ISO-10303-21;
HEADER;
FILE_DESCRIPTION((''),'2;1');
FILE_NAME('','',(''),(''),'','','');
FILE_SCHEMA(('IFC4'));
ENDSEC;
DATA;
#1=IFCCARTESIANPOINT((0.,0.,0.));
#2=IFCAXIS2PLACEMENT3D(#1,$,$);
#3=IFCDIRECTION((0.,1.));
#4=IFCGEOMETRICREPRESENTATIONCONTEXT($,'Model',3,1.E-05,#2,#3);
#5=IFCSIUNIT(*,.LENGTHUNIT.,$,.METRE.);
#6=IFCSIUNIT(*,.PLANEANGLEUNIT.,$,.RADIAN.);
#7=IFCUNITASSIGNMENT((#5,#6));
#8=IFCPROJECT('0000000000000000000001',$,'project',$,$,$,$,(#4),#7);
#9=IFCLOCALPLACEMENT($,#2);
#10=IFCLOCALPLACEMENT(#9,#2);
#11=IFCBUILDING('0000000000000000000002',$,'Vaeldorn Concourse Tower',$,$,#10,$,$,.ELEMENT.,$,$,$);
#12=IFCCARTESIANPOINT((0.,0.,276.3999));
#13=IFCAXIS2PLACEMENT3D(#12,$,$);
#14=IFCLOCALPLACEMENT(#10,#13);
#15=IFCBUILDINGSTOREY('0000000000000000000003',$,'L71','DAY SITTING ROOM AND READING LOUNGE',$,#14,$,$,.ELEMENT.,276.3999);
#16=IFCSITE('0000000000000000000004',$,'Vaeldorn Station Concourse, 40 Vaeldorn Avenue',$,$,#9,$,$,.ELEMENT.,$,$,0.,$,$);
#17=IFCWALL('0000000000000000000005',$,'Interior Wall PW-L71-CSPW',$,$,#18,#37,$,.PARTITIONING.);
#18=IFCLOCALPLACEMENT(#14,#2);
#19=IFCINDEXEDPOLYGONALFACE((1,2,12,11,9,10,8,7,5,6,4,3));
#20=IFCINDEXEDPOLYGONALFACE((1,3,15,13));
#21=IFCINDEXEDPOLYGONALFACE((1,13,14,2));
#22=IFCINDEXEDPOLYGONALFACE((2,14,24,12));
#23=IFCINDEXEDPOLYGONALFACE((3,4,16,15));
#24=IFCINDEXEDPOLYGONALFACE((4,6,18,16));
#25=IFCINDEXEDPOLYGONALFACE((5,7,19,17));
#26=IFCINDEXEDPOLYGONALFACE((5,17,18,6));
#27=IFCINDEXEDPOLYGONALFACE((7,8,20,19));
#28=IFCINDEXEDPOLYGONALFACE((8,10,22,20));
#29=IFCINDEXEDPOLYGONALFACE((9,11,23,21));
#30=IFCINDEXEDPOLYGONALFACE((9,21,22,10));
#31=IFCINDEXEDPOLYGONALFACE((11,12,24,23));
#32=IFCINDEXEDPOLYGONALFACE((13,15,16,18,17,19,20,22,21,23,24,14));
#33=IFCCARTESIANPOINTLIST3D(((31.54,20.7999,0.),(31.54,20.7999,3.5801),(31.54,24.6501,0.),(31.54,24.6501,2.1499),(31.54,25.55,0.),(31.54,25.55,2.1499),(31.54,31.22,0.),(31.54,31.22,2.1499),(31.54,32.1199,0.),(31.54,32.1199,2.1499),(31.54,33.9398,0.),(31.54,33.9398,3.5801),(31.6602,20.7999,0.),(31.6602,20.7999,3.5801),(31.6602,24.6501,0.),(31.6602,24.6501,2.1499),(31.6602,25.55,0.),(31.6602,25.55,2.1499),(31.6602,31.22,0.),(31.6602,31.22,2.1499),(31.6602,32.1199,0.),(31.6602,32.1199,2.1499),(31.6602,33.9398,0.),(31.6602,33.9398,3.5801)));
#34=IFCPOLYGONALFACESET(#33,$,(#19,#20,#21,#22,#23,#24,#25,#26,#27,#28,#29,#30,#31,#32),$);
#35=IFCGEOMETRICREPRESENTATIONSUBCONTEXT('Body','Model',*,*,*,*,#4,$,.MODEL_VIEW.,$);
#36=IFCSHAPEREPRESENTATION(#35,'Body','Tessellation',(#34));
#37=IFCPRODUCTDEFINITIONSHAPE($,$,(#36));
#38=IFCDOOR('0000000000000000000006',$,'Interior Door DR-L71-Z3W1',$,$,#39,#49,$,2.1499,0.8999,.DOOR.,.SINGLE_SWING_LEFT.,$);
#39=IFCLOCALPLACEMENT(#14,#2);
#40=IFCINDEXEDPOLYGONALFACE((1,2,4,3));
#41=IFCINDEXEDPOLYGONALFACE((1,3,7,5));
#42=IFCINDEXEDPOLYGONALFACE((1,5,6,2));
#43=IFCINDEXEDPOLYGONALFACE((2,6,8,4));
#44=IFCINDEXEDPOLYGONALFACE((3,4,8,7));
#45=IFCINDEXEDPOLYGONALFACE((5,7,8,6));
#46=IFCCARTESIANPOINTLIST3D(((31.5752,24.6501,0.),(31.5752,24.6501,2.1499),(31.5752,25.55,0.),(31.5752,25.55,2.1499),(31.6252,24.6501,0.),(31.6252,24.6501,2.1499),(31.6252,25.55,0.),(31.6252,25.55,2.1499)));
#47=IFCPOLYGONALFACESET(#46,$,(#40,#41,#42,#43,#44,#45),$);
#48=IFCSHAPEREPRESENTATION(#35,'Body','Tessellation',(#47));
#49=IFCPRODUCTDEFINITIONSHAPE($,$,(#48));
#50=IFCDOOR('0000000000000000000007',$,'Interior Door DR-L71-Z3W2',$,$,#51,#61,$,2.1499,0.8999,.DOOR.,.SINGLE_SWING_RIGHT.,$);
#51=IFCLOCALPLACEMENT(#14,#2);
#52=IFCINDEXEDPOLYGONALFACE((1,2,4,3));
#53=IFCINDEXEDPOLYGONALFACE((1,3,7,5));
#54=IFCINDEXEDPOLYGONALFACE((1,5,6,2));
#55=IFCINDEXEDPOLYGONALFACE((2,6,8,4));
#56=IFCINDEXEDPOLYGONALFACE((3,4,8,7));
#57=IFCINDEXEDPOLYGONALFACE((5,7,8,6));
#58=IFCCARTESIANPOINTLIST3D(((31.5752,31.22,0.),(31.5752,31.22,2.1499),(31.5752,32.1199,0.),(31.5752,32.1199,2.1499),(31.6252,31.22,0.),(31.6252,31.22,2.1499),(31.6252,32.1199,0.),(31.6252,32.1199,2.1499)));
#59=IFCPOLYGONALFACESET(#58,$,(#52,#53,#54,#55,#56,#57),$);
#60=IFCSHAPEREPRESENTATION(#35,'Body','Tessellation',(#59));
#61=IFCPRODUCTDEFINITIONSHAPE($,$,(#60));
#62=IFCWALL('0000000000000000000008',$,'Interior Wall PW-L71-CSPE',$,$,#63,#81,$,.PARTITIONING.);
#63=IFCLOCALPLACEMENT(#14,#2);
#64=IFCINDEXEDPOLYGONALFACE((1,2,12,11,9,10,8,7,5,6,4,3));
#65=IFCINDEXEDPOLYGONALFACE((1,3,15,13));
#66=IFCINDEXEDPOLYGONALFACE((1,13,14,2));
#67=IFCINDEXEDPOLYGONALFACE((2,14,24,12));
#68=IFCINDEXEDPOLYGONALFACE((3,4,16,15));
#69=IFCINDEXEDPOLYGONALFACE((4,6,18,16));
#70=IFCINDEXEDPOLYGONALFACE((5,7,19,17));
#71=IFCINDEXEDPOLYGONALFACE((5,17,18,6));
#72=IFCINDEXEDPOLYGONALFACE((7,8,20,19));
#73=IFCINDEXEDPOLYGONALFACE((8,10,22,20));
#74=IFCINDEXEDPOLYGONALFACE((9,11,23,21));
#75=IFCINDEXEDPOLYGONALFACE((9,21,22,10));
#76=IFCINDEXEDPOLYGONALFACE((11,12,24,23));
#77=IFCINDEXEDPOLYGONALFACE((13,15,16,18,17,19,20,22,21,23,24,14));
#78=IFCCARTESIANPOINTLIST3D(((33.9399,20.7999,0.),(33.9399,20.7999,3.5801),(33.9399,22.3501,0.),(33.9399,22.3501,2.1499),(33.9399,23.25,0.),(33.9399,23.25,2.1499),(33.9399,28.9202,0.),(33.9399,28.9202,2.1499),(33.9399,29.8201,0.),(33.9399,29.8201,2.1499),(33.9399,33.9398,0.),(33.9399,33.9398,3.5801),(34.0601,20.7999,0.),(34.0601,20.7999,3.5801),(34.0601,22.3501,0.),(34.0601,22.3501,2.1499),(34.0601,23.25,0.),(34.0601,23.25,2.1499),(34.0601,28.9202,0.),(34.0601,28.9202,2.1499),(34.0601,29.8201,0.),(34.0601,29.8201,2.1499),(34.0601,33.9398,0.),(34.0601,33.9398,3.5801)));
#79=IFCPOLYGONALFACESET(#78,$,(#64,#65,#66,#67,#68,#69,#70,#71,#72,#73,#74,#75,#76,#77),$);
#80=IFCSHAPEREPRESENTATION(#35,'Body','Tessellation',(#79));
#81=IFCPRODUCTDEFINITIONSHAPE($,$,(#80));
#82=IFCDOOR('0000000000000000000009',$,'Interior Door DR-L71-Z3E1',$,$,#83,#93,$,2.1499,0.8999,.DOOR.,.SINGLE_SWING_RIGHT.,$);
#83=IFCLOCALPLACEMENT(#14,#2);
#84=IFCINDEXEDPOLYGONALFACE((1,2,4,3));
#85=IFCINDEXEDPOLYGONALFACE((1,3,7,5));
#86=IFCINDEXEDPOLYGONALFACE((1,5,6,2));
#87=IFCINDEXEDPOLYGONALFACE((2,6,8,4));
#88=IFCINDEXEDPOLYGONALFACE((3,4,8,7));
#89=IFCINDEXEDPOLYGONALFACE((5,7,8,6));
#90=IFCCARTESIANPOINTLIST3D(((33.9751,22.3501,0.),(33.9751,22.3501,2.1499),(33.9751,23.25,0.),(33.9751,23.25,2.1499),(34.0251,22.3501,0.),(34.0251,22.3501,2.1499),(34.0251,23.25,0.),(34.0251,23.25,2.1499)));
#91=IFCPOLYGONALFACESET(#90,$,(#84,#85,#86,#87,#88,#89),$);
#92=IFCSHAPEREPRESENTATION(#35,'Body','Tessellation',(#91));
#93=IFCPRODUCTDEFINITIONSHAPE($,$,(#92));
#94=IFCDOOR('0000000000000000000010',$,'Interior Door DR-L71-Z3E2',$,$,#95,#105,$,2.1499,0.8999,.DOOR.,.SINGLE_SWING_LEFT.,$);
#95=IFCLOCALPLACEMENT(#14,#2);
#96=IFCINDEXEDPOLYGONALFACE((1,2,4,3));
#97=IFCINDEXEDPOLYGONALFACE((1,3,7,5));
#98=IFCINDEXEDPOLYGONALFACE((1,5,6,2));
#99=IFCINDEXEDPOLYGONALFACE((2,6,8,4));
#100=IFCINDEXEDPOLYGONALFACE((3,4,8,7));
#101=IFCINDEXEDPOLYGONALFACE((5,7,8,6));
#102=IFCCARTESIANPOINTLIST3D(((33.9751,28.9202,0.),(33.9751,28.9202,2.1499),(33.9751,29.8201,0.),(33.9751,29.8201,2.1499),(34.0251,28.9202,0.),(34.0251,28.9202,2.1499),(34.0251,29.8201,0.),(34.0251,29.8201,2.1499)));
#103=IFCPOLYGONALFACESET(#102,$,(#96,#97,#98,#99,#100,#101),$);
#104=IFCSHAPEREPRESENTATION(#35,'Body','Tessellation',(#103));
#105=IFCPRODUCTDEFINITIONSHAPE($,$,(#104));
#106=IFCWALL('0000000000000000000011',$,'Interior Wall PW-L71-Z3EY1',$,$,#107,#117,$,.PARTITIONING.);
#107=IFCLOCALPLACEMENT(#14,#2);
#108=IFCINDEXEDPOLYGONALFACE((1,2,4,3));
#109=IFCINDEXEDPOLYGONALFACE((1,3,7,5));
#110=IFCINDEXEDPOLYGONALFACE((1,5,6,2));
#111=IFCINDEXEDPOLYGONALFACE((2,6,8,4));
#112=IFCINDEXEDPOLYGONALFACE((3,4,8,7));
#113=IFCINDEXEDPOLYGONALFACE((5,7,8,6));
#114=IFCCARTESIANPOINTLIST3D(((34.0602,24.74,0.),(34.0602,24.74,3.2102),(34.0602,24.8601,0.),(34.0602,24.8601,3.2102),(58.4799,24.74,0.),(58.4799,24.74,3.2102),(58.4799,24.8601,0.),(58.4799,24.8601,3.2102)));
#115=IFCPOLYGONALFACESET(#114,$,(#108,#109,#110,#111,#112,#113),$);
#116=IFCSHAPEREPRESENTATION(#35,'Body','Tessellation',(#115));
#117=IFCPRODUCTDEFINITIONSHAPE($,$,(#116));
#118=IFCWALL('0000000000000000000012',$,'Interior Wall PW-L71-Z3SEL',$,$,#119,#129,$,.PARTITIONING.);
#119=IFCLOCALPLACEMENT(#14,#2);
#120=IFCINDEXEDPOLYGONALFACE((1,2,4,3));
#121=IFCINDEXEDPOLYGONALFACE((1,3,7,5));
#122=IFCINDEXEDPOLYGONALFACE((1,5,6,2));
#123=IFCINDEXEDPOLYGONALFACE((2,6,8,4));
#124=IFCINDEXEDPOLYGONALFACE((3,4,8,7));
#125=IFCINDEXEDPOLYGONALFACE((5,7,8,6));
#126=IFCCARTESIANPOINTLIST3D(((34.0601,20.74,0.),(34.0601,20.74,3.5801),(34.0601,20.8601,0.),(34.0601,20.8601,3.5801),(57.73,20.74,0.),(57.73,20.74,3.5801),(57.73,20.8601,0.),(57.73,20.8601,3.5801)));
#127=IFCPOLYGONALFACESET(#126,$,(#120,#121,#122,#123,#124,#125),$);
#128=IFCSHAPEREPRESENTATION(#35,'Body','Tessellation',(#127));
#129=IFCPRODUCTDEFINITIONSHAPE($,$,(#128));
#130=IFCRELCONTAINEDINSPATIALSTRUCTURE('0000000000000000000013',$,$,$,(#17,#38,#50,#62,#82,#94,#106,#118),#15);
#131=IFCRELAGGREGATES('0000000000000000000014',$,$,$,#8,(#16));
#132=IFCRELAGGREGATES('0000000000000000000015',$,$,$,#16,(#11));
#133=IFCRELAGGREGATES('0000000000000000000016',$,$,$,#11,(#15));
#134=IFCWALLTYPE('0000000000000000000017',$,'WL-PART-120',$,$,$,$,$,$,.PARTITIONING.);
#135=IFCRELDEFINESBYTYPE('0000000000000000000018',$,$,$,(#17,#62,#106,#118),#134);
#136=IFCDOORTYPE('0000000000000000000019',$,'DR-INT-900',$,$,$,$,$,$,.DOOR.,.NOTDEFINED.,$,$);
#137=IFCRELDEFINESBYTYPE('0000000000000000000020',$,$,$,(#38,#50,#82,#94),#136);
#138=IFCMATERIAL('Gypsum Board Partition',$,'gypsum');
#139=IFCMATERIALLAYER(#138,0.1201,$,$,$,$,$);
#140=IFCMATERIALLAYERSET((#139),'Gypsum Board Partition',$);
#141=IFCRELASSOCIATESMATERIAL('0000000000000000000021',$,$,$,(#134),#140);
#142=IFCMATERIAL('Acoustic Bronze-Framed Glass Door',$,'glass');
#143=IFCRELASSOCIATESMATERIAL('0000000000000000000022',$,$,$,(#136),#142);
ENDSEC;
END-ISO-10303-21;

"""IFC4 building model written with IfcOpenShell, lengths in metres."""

from ifc_helpers import new_model, si_unit, direction, frame, frame_2d, origin, place, context, subcontext, project, spatial, rectangle, extrude, source, transform, mapped, material, layer, layer_set, type_object, element, fill, save


model = new_model("IFC4")

# Units and contexts
model_context = context("Model", 3, precision=1e-05, world=origin(), true_north=direction((0.0, 1.0)))
body_context = subcontext(model_context, "Body", "Model", "MODEL_VIEW")
ifc_project = project(units=[si_unit("LENGTHUNIT", "METRE"), si_unit("PLANEANGLEUNIT", "RADIAN")], contexts=[model_context])

# Site, building, storey
site_placement = place(None, origin())
site = spatial("IfcSite", under=ifc_project, at=site_placement, Name="Vaeldorn Station Concourse, 40 Vaeldorn Avenue", CompositionType="ELEMENT", RefElevation=0.0)
building_placement = place(site_placement, origin())
building = spatial("IfcBuilding", under=site, at=building_placement, Name="Vaeldorn Concourse Tower", CompositionType="ELEMENT")
storey_placement = place(building_placement, frame((0.0, 0.0, 276.3999)))
storey = spatial("IfcBuildingStorey", under=building, at=storey_placement, Name="L71", Description="DAY SITTING ROOM AND READING LOUNGE", CompositionType="ELEMENT", Elevation=276.3999)

# Shared definitions
ifc_material_1 = material(Name="Gypsum Board Partition", Category="gypsum")
ifc_layer_1 = layer(ifc_material_1, 0.1201)
ifc_layer_set_1 = layer_set([ifc_layer_1], Name="Gypsum Board Partition")
wall_type_1 = type_object("IfcWallType", Name="WL-PART-120", PredefinedType="PARTITIONING", material=ifc_layer_set_1)

# Walls, openings, doors
wall_1_placement = place(storey_placement, frame((31.6001, 20.8, 0.0), z_axis=(0.0, 0.0, 1.0), x_axis=(0.0, 1.0, 0.0)))
wall_1 = element("IfcWall", 1, at=wall_1_placement, inside=storey, type_object=wall_type_1, Name="Interior Wall PW-L71-CSPW", PredefinedType="PARTITIONING", context=body_context, shape_type="SweptSolid", body=[
    extrude(rectangle(XDim=13.1399, YDim=0.1201, at=frame_2d((6.5698, 0.0))), origin(), (0.0, 0.0, 1.0), 3.5801),
])
opening_1_placement = place(wall_1_placement, frame((3.8501, 0.0, 0.0)))
opening_1 = element("IfcOpeningElement", 2, at=opening_1_placement, cuts=wall_1, PredefinedType="OPENING", context=body_context, shape_type="SweptSolid", body=[
    extrude(rectangle(XDim=0.8999, YDim=2.1499, at=frame_2d((0.45, 1.075))), frame((0.0, 0.0701, 0.0), z_axis=(0.0, -1.0, 0.0), x_axis=(1.0, 0.0, 0.0)), (0.0, 0.0, 1.0), 0.1401),
])
opening_2_placement = place(wall_1_placement, frame((10.4199, 0.0, 0.0)))
opening_2 = element("IfcOpeningElement", 3, at=opening_2_placement, cuts=wall_1, PredefinedType="OPENING", context=body_context, shape_type="SweptSolid", body=[
    extrude(rectangle(XDim=0.8999, YDim=2.1499, at=frame_2d((0.45, 1.075))), frame((0.0, 0.0701, 0.0), z_axis=(0.0, -1.0, 0.0), x_axis=(1.0, 0.0, 0.0)), (0.0, 0.0, 1.0), 0.1401),
])
ifc_material_2 = material(Name="Acoustic Bronze-Framed Glass Door", Category="glass")
door_type_1 = type_object("IfcDoorType", Name="DR-INT-900", OperationType="NOTDEFINED", PredefinedType="DOOR", material=ifc_material_2)
shared_shape_1 = source(origin(), body_context, "Body", "SweptSolid", [
    extrude(rectangle(XDim=0.8999, YDim=2.1499, at=frame_2d((0.45, 1.075))), frame((0.0, 0.0249, 0.0), z_axis=(0.0, -1.0, 0.0), x_axis=(1.0, 0.0, 0.0)), (0.0, 0.0, 1.0), 0.05),
])
door_1_placement = place(opening_1_placement, origin())
door_1 = element("IfcDoor", 4, at=door_1_placement, inside=storey, type_object=door_type_1, Name="Interior Door DR-L71-Z3W1", OperationType="SINGLE_SWING_LEFT", OverallHeight=2.1499, OverallWidth=0.8999, PredefinedType="DOOR", context=body_context, shape_type="MappedRepresentation", body=[
    mapped(shared_shape_1, transform((0.0, 0.0, 0.0), scale=1.0)),
])
fill(opening_1, door_1)
door_2_placement = place(opening_2_placement, origin())
door_2 = element("IfcDoor", 5, at=door_2_placement, inside=storey, type_object=door_type_1, Name="Interior Door DR-L71-Z3W2", OperationType="SINGLE_SWING_RIGHT", OverallHeight=2.1499, OverallWidth=0.8999, PredefinedType="DOOR", context=body_context, shape_type="MappedRepresentation", body=[
    mapped(shared_shape_1, transform((0.0, 0.0, 0.0), scale=1.0)),
])
fill(opening_2, door_2)
wall_2_placement = place(storey_placement, frame((34.0, 20.8, 0.0), z_axis=(0.0, 0.0, 1.0), x_axis=(0.0, 1.0, 0.0)))
wall_2 = element("IfcWall", 6, at=wall_2_placement, inside=storey, type_object=wall_type_1, Name="Interior Wall PW-L71-CSPE", PredefinedType="PARTITIONING", context=body_context, shape_type="SweptSolid", body=[
    extrude(rectangle(XDim=13.1399, YDim=0.1201, at=frame_2d((6.5698, 0.0))), origin(), (0.0, 0.0, 1.0), 3.5801),
])
opening_3_placement = place(wall_2_placement, frame((1.55, 0.0, 0.0)))
opening_3 = element("IfcOpeningElement", 7, at=opening_3_placement, cuts=wall_2, PredefinedType="OPENING", context=body_context, shape_type="SweptSolid", body=[
    extrude(rectangle(XDim=0.8999, YDim=2.1499, at=frame_2d((0.45, 1.075))), frame((0.0, 0.0701, 0.0), z_axis=(0.0, -1.0, 0.0), x_axis=(1.0, 0.0, 0.0)), (0.0, 0.0, 1.0), 0.1401),
])
opening_4_placement = place(wall_2_placement, frame((8.1201, 0.0, 0.0)))
opening_4 = element("IfcOpeningElement", 8, at=opening_4_placement, cuts=wall_2, PredefinedType="OPENING", context=body_context, shape_type="SweptSolid", body=[
    extrude(rectangle(XDim=0.8999, YDim=2.1499, at=frame_2d((0.45, 1.075))), frame((0.0, 0.0701, 0.0), z_axis=(0.0, -1.0, 0.0), x_axis=(1.0, 0.0, 0.0)), (0.0, 0.0, 1.0), 0.1401),
])
door_3_placement = place(opening_3_placement, origin())
door_3 = element("IfcDoor", 9, at=door_3_placement, inside=storey, type_object=door_type_1, Name="Interior Door DR-L71-Z3E1", OperationType="SINGLE_SWING_RIGHT", OverallHeight=2.1499, OverallWidth=0.8999, PredefinedType="DOOR", context=body_context, shape_type="MappedRepresentation", body=[
    mapped(shared_shape_1, transform((0.0, 0.0, 0.0), scale=1.0)),
])
fill(opening_3, door_3)
door_4_placement = place(opening_4_placement, origin())
door_4 = element("IfcDoor", 10, at=door_4_placement, inside=storey, type_object=door_type_1, Name="Interior Door DR-L71-Z3E2", OperationType="SINGLE_SWING_LEFT", OverallHeight=2.1499, OverallWidth=0.8999, PredefinedType="DOOR", context=body_context, shape_type="MappedRepresentation", body=[
    mapped(shared_shape_1, transform((0.0, 0.0, 0.0), scale=1.0)),
])
fill(opening_4, door_4)

# Walls
wall_3_placement = place(storey_placement, frame((34.0601, 24.8, 0.0), z_axis=(0.0, 0.0, 1.0), x_axis=(1.0, 0.0, 0.0)))
element("IfcWall", 11, at=wall_3_placement, inside=storey, type_object=wall_type_1, Name="Interior Wall PW-L71-Z3EY1", PredefinedType="PARTITIONING", context=body_context, shape_type="SweptSolid", body=[
    extrude(rectangle(XDim=24.4197, YDim=0.1201, at=frame_2d((12.21, 0.0))), origin(), (0.0, 0.0, 1.0), 3.2102),
])
wall_4_placement = place(storey_placement, frame((34.0601, 20.8, 0.0), z_axis=(0.0, 0.0, 1.0), x_axis=(1.0, 0.0, 0.0)))
element("IfcWall", 12, at=wall_4_placement, inside=storey, type_object=wall_type_1, Name="Interior Wall PW-L71-Z3SEL", PredefinedType="PARTITIONING", context=body_context, shape_type="SweptSolid", body=[
    extrude(rectangle(XDim=23.6699, YDim=0.1201, at=frame_2d((11.835, 0.0))), origin(), (0.0, 0.0, 1.0), 3.5801),
])

save(model, "model.ifc")
